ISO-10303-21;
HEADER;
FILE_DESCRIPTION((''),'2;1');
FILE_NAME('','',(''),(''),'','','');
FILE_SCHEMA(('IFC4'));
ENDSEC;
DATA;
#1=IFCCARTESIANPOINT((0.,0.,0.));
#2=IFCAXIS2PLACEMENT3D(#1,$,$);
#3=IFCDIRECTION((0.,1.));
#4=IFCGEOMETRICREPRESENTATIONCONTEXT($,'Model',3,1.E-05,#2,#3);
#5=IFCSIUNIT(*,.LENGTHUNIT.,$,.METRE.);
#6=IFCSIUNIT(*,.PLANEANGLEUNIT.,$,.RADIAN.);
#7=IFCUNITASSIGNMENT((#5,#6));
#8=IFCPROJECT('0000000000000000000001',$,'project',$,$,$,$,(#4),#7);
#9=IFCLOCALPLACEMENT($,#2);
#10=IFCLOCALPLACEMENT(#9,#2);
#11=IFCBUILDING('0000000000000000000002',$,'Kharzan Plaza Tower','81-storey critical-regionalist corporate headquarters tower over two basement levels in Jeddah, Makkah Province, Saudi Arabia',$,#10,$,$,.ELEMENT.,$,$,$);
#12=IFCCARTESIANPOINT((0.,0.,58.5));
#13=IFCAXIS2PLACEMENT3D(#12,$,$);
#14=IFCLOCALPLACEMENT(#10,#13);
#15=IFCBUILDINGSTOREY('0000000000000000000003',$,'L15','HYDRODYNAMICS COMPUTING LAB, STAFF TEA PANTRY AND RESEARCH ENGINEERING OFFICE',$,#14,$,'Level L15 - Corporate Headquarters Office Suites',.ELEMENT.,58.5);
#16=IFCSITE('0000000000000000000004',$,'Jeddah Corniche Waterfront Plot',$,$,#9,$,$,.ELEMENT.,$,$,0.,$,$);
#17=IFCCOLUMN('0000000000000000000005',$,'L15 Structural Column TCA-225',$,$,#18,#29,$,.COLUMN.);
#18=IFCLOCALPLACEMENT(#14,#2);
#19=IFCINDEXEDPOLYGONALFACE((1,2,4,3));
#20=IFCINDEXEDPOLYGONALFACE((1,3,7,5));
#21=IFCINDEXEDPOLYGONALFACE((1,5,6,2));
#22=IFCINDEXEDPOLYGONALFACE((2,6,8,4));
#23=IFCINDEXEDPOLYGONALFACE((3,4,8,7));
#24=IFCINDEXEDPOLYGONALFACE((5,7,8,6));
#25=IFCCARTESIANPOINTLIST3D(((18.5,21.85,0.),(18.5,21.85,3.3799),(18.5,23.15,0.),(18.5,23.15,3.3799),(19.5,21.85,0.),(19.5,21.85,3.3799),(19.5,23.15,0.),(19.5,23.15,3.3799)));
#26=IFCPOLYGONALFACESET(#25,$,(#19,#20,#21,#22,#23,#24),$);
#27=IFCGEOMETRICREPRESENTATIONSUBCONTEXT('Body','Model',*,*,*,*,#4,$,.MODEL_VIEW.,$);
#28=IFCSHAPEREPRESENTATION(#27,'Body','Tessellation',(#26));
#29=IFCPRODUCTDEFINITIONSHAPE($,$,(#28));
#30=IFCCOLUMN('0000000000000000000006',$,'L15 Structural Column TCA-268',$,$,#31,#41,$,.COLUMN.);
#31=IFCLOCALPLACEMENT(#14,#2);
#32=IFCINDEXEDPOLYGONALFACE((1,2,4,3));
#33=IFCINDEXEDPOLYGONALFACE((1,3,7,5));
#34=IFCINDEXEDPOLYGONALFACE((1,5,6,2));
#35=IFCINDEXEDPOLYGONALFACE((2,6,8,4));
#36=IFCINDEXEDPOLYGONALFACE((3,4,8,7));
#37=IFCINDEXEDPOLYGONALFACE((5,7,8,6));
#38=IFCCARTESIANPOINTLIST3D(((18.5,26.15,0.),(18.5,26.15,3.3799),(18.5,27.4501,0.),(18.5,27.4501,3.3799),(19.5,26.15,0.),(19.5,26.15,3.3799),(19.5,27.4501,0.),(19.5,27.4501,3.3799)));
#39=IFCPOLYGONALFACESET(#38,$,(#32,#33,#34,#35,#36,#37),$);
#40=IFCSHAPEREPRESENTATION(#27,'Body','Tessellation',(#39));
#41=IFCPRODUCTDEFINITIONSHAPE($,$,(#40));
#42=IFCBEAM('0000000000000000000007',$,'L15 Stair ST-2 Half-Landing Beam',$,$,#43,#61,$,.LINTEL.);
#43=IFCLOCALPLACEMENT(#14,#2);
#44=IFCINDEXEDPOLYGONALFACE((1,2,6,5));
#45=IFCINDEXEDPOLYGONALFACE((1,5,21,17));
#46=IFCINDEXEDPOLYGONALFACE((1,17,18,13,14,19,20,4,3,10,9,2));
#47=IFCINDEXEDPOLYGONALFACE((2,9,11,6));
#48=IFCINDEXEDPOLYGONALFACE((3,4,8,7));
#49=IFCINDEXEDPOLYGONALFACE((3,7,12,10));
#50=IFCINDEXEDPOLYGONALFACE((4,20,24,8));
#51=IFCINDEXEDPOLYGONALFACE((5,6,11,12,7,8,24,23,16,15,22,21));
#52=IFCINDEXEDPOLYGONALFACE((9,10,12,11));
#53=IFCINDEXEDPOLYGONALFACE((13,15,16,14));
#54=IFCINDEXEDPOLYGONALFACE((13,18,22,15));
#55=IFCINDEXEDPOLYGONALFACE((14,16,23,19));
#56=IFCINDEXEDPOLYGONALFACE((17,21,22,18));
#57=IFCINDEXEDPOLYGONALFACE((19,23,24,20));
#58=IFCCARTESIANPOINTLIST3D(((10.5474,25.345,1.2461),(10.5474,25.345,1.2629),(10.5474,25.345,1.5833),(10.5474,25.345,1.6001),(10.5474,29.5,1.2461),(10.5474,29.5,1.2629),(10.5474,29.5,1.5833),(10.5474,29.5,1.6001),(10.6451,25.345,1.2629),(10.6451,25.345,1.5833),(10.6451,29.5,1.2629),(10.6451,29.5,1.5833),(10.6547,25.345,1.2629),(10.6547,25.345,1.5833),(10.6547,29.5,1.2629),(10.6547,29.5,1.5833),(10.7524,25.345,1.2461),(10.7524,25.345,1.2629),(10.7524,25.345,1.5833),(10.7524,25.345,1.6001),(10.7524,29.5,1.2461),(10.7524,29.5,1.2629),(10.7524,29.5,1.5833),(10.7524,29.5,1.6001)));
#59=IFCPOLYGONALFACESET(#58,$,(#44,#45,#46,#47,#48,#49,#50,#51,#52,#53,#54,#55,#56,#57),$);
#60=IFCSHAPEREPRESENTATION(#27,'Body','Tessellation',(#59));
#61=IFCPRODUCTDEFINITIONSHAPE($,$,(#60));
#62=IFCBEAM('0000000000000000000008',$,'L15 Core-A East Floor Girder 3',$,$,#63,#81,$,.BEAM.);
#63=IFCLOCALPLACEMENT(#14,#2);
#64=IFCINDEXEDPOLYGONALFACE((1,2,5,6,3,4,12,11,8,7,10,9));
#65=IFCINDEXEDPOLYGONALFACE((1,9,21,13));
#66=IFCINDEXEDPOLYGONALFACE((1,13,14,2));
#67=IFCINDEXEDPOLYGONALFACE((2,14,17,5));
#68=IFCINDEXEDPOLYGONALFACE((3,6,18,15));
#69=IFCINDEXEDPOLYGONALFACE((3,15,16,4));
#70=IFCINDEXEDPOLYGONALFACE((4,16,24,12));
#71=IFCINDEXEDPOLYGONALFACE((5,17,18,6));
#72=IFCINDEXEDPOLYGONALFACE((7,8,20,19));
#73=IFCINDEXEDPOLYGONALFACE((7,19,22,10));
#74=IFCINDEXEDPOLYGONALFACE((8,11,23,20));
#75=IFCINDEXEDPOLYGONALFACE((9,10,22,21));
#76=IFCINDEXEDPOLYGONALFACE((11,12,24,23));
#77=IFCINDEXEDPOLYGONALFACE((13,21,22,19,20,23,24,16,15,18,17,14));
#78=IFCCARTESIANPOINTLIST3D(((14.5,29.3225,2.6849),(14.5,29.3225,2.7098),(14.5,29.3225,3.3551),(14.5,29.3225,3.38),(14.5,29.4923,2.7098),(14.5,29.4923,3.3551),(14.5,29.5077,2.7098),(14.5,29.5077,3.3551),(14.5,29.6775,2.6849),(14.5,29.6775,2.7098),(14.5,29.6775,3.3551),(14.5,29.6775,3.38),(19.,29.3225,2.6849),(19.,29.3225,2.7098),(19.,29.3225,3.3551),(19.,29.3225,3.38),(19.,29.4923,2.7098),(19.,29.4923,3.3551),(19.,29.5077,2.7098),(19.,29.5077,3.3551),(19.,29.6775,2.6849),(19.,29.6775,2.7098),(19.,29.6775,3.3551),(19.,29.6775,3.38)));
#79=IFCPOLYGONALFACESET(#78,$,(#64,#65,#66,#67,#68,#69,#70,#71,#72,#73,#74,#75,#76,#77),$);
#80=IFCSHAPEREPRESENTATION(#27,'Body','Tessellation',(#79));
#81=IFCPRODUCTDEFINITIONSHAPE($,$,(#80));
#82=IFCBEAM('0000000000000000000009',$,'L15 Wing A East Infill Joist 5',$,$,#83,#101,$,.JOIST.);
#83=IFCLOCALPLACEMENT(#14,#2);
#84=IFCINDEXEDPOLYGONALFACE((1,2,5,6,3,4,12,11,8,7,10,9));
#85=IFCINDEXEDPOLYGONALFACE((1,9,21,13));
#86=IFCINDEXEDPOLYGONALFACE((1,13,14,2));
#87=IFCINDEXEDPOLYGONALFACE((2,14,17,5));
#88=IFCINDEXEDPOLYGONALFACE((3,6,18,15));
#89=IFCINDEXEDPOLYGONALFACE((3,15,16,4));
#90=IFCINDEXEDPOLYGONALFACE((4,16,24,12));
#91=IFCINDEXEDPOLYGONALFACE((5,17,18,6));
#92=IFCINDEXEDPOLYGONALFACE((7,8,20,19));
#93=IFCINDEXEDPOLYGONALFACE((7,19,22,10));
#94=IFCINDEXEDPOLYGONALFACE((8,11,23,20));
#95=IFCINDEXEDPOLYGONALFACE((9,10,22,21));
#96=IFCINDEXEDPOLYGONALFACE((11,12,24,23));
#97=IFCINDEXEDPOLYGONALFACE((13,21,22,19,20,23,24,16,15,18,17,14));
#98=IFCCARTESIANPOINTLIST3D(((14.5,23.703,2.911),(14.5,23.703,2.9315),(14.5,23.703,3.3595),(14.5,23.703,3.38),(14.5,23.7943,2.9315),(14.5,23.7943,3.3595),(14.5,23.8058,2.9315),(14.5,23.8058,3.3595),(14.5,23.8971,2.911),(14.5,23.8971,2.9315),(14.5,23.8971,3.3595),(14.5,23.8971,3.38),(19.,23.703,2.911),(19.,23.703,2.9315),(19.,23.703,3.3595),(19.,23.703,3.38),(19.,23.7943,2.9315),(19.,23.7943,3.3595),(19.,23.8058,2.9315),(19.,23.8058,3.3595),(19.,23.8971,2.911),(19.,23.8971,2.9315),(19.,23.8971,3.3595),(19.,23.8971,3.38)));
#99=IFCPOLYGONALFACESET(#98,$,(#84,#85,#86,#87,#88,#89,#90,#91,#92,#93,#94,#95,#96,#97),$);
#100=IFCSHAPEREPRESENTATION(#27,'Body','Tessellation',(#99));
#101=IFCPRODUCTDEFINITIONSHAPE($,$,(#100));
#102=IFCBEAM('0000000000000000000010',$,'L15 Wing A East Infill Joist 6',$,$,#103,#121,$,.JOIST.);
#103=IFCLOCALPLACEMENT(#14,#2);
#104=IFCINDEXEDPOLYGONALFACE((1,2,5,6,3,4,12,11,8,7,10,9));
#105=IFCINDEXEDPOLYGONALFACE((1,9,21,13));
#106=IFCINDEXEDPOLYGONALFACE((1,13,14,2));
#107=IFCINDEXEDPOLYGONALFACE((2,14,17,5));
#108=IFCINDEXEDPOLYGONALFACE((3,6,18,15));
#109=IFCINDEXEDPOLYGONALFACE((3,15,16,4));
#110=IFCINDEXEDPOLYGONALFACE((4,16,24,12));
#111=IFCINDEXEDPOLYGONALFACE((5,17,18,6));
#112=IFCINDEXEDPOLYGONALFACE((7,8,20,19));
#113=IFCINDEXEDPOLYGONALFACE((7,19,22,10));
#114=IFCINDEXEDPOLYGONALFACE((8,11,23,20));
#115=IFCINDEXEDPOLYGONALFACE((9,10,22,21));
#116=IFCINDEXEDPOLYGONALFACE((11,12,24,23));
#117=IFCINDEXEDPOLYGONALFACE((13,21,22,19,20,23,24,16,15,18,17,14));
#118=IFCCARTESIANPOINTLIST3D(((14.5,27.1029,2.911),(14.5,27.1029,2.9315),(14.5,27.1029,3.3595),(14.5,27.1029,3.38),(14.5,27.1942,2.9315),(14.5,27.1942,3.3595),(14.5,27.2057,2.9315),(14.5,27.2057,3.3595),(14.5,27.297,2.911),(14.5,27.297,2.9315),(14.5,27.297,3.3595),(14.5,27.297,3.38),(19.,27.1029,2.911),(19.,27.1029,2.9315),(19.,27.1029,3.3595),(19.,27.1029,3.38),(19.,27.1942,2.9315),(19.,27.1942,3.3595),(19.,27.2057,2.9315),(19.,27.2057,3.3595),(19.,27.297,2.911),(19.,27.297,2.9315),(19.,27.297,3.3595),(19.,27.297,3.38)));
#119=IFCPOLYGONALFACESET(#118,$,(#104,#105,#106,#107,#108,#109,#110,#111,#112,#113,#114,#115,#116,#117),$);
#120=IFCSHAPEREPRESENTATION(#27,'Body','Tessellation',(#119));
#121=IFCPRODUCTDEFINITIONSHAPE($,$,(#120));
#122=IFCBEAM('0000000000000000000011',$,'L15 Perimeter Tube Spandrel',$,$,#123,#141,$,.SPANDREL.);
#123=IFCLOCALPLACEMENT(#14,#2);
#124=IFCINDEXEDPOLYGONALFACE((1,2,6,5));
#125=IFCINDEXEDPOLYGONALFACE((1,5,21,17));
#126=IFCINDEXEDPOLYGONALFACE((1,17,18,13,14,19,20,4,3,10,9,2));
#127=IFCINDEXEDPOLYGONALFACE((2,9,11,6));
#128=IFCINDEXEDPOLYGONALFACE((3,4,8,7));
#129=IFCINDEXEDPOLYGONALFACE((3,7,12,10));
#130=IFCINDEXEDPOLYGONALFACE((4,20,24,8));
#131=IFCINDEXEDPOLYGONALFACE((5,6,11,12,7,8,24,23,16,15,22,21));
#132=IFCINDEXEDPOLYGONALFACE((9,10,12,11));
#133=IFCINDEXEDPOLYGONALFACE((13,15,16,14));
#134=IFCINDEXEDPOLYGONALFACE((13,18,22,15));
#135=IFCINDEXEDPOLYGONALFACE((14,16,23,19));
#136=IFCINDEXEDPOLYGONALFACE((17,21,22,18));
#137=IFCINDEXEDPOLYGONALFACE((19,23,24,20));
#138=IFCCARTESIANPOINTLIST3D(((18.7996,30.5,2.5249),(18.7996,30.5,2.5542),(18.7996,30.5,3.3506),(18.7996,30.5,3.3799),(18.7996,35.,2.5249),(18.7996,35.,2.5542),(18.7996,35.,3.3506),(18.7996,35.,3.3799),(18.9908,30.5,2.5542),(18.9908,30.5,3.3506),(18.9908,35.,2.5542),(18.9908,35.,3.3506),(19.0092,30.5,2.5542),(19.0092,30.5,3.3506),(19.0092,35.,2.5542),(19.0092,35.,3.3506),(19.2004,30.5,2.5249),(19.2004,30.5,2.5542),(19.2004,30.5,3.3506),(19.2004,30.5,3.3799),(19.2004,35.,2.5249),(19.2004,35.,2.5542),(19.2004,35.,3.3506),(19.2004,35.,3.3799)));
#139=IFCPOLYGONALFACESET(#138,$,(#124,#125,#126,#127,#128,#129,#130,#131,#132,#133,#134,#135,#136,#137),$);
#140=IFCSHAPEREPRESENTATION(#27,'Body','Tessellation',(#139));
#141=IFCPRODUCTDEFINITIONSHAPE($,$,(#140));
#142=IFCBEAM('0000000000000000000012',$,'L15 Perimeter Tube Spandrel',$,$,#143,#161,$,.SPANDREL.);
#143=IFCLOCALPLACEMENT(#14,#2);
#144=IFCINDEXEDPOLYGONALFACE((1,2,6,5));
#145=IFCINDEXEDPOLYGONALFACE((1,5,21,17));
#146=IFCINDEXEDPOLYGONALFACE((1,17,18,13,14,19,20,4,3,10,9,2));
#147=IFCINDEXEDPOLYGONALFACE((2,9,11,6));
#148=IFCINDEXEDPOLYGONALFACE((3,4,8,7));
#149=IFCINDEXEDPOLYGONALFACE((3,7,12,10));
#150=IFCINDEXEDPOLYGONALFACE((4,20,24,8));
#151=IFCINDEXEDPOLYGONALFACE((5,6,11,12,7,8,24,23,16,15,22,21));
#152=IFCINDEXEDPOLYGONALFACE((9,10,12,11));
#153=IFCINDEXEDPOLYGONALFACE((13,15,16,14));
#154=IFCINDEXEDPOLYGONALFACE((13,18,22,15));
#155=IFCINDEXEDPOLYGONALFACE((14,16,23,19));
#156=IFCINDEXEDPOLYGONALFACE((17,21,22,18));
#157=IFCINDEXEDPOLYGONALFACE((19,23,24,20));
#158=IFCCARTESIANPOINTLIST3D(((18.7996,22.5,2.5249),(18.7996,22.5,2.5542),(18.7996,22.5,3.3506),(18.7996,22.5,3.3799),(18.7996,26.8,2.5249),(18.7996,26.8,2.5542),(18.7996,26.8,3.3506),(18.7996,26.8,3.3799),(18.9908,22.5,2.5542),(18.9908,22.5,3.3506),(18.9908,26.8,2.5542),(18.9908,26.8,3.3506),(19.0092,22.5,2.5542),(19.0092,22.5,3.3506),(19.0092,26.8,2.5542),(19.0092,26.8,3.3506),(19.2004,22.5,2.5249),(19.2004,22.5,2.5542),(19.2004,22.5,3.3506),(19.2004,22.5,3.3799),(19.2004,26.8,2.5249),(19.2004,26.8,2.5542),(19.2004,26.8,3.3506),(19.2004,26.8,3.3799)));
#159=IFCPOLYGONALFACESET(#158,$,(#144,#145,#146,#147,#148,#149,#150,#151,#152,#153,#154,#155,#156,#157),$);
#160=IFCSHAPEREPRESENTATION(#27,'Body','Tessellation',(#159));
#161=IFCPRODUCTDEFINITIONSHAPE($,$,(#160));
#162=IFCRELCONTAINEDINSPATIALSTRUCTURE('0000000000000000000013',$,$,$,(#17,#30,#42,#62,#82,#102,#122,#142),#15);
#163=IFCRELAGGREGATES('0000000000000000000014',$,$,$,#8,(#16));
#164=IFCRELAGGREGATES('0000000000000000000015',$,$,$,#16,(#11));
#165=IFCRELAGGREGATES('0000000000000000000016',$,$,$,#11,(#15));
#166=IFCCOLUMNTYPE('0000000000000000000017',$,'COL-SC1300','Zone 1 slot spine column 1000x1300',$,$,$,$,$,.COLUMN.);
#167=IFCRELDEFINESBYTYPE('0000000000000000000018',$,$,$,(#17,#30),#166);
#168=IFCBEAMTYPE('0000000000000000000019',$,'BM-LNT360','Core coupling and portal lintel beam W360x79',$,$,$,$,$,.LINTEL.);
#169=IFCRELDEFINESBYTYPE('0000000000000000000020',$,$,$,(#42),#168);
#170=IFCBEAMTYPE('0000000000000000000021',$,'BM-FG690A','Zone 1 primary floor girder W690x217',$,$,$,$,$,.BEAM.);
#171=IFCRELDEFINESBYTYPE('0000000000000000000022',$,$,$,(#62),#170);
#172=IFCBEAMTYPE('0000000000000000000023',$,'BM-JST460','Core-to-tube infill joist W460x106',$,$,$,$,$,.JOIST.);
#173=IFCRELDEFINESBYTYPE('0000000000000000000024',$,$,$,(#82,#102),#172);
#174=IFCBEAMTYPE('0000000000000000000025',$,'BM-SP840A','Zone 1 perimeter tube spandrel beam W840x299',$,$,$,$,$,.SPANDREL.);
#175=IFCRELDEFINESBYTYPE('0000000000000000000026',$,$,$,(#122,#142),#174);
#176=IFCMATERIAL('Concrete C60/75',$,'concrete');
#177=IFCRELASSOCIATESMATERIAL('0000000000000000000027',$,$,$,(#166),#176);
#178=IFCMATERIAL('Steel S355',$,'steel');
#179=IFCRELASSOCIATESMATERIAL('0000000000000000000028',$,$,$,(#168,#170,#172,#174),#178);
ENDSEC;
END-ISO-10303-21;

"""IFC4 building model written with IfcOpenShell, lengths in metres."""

from ifc_helpers import new_model, si_unit, direction, frame, origin, origin_2d, place, context, subcontext, project, spatial, rectangle, i_section, extrude, source, transform, mapped, material, material_profile, profile_set, type_object, element, save


model = new_model("IFC4")

# Units and contexts
model_context = context("Model", 3, precision=1e-05, world=origin(), true_north=direction((0.0, 1.0)))
body_context = subcontext(model_context, "Body", "Model", "MODEL_VIEW")
ifc_project = project(units=[si_unit("LENGTHUNIT", "METRE"), si_unit("PLANEANGLEUNIT", "RADIAN")], contexts=[model_context])

# Site, building, storey
site_placement = place(None, origin())
site = spatial("IfcSite", under=ifc_project, at=site_placement, Name="Jeddah Corniche Waterfront Plot", CompositionType="ELEMENT", RefElevation=0.0)
building_placement = place(site_placement, origin())
building = spatial("IfcBuilding", under=site, at=building_placement, Name="Kharzan Plaza Tower", Description="81-storey critical-regionalist corporate headquarters tower over two basement levels in Jeddah, Makkah Province, Saudi Arabia", CompositionType="ELEMENT")
storey_placement = place(building_placement, frame((0.0, 0.0, 58.5)))
storey = spatial("IfcBuildingStorey", under=building, at=storey_placement, Name="L15", Description="HYDRODYNAMICS COMPUTING LAB, STAFF TEA PANTRY AND RESEARCH ENGINEERING OFFICE", LongName="Level L15 - Corporate Headquarters Office Suites", CompositionType="ELEMENT", Elevation=58.5)

# Columns
ifc_material_1 = material(Name="Concrete C60/75", Category="concrete")
ifc_material_profile_1 = material_profile(ifc_material_1, rectangle(XDim=1.0, YDim=1.3, at=origin_2d()), Name="RC-SC1300x1000")
ifc_profile_set_1 = profile_set([ifc_material_profile_1], Name="Concrete C60/75")
column_type = type_object("IfcColumnType", Name="COL-SC1300", Description="Zone 1 slot spine column 1000x1300", PredefinedType="COLUMN", material=ifc_profile_set_1)
shared_shape_1 = source(origin(), body_context, "Body", "SweptSolid", [
    extrude(rectangle(XDim=1.0, YDim=1.3, at=origin_2d()), origin(), (0.0, 0.0, 1.0), 3.3799),
])
for number, where, z_axis, x_axis, name in (
    (1, (19.0, 22.5, 0.0), (0.0, 0.0, 1.0), (1.0, 0.0, 0.0), "L15 Structural Column TCA-225"),
    (2, (19.0, 26.8, 0.0), (0.0, 0.0, 1.0), (1.0, 0.0, 0.0), "L15 Structural Column TCA-268"),
):
    element("IfcColumn", number, at=place(storey_placement, frame(where, z_axis=z_axis, x_axis=x_axis)), inside=storey, type_object=column_type, Name=name, PredefinedType="COLUMN", context=body_context, shape_type="MappedRepresentation", body=[
        mapped(shared_shape_1, transform((0.0, 0.0, 0.0), x_axis=(1.0, 0.0, 0.0), y_axis=(0.0, 1.0, 0.0), z_axis=(0.0, 0.0, 1.0))),
    ])

# Beams
ifc_material_2 = material(Name="Steel S355", Category="steel")
ifc_material_profile_2 = material_profile(ifc_material_2, i_section(OverallWidth=0.2051, OverallDepth=0.354, WebThickness=0.0095, FlangeThickness=0.0168, at=origin_2d()), Name="W360x79")
ifc_profile_set_2 = profile_set([ifc_material_profile_2], Name="Steel S355")
beam_type_1 = type_object("IfcBeamType", Name="BM-LNT360", Description="Core coupling and portal lintel beam W360x79", PredefinedType="LINTEL", material=ifc_profile_set_2)
shared_shape_2 = source(origin(), body_context, "Body", "SweptSolid", [
    extrude(i_section(OverallWidth=0.2051, OverallDepth=0.354, WebThickness=0.0095, FlangeThickness=0.0168, at=origin_2d()), origin(), (0.0, 0.0, 1.0), 4.155),
])
beam_1_placement = place(storey_placement, frame((10.6499, 25.345, 1.4231), z_axis=(0.0, 1.0, 0.0), x_axis=(-1.0, 0.0, 0.0)))
element("IfcBeam", 3, at=beam_1_placement, inside=storey, type_object=beam_type_1, Name="L15 Stair ST-2 Half-Landing Beam", PredefinedType="LINTEL", context=body_context, shape_type="MappedRepresentation", body=[
    mapped(shared_shape_2, transform((0.0, 0.0, 0.0), x_axis=(1.0, 0.0, 0.0), y_axis=(0.0, 1.0, 0.0), z_axis=(0.0, 0.0, 1.0))),
])
ifc_material_profile_3 = material_profile(ifc_material_2, i_section(OverallWidth=0.355, OverallDepth=0.6951, WebThickness=0.0154, FlangeThickness=0.0249, at=origin_2d()), Name="W690x217")
ifc_profile_set_3 = profile_set([ifc_material_profile_3], Name="Steel S355")
beam_type_2 = type_object("IfcBeamType", Name="BM-FG690A", Description="Zone 1 primary floor girder W690x217", PredefinedType="BEAM", material=ifc_profile_set_3)
shared_shape_3 = source(origin(), body_context, "Body", "SweptSolid", [
    extrude(i_section(OverallWidth=0.355, OverallDepth=0.6951, WebThickness=0.0154, FlangeThickness=0.0249, at=origin_2d()), origin(), (0.0, 0.0, 1.0), 4.5),
])
beam_2_placement = place(storey_placement, frame((14.5, 29.5, 3.0325), z_axis=(1.0, 0.0, 0.0), x_axis=(0.0, 1.0, 0.0)))
element("IfcBeam", 4, at=beam_2_placement, inside=storey, type_object=beam_type_2, Name="L15 Core-A East Floor Girder 3", PredefinedType="BEAM", context=body_context, shape_type="MappedRepresentation", body=[
    mapped(shared_shape_3, transform((0.0, 0.0, 0.0), x_axis=(1.0, 0.0, 0.0), y_axis=(0.0, 1.0, 0.0), z_axis=(0.0, 0.0, 1.0))),
])
ifc_material_profile_4 = material_profile(ifc_material_2, i_section(OverallWidth=0.1941, OverallDepth=0.469, WebThickness=0.0115, FlangeThickness=0.0205, at=origin_2d()), Name="W460x106")
ifc_profile_set_4 = profile_set([ifc_material_profile_4], Name="Steel S355")
beam_type_3 = type_object("IfcBeamType", Name="BM-JST460", Description="Core-to-tube infill joist W460x106", PredefinedType="JOIST", material=ifc_profile_set_4)
shared_shape_4 = source(origin(), body_context, "Body", "SweptSolid", [
    extrude(i_section(OverallWidth=0.1941, OverallDepth=0.469, WebThickness=0.0115, FlangeThickness=0.0205, at=origin_2d()), origin(), (0.0, 0.0, 1.0), 4.5),
])
for number, where, z_axis, x_axis, name in (
    (5, (14.5, 23.8, 3.1455), (1.0, 0.0, 0.0), (0.0, 1.0, 0.0), "L15 Wing A East Infill Joist 5"),
    (6, (14.5, 27.2, 3.1455), (1.0, 0.0, 0.0), (0.0, 1.0, 0.0), "L15 Wing A East Infill Joist 6"),
):
    element("IfcBeam", number, at=place(storey_placement, frame(where, z_axis=z_axis, x_axis=x_axis)), inside=storey, type_object=beam_type_3, Name=name, PredefinedType="JOIST", context=body_context, shape_type="MappedRepresentation", body=[
        mapped(shared_shape_4, transform((0.0, 0.0, 0.0), x_axis=(1.0, 0.0, 0.0), y_axis=(0.0, 1.0, 0.0), z_axis=(0.0, 0.0, 1.0))),
    ])
ifc_material_profile_5 = material_profile(ifc_material_2, i_section(OverallWidth=0.4009, OverallDepth=0.855, WebThickness=0.0183, FlangeThickness=0.0293, at=origin_2d()), Name="W840x299")
ifc_profile_set_5 = profile_set([ifc_material_profile_5], Name="Steel S355")
beam_type_4 = type_object("IfcBeamType", Name="BM-SP840A", Description="Zone 1 perimeter tube spandrel beam W840x299", PredefinedType="SPANDREL", material=ifc_profile_set_5)
shared_shape_5 = source(origin(), body_context, "Body", "SweptSolid", [
    extrude(i_section(OverallWidth=0.4009, OverallDepth=0.855, WebThickness=0.0183, FlangeThickness=0.0293, at=origin_2d()), origin(), (0.0, 0.0, 1.0), 4.5),
])
beam_3_placement = place(storey_placement, frame((19.0, 30.5, 2.9524), z_axis=(0.0, 1.0, 0.0), x_axis=(-1.0, 0.0, 0.0)))
element("IfcBeam", 7, at=beam_3_placement, inside=storey, type_object=beam_type_4, Name="L15 Perimeter Tube Spandrel", PredefinedType="SPANDREL", context=body_context, shape_type="MappedRepresentation", body=[
    mapped(shared_shape_5, transform((0.0, 0.0, 0.0), x_axis=(1.0, 0.0, 0.0), y_axis=(0.0, 1.0, 0.0), z_axis=(0.0, 0.0, 1.0))),
])
shared_shape_6 = source(origin(), body_context, "Body", "SweptSolid", [
    extrude(i_section(OverallWidth=0.4009, OverallDepth=0.855, WebThickness=0.0183, FlangeThickness=0.0293, at=origin_2d()), origin(), (0.0, 0.0, 1.0), 4.3),
])
beam_4_placement = place(storey_placement, frame((19.0, 22.5, 2.9524), z_axis=(0.0, 1.0, 0.0), x_axis=(-1.0, 0.0, 0.0)))
element("IfcBeam", 8, at=beam_4_placement, inside=storey, type_object=beam_type_4, Name="L15 Perimeter Tube Spandrel", PredefinedType="SPANDREL", context=body_context, shape_type="MappedRepresentation", body=[
    mapped(shared_shape_6, transform((0.0, 0.0, 0.0), x_axis=(1.0, 0.0, 0.0), y_axis=(0.0, 1.0, 0.0), z_axis=(0.0, 0.0, 1.0))),
])

save(model, "model.ifc")
